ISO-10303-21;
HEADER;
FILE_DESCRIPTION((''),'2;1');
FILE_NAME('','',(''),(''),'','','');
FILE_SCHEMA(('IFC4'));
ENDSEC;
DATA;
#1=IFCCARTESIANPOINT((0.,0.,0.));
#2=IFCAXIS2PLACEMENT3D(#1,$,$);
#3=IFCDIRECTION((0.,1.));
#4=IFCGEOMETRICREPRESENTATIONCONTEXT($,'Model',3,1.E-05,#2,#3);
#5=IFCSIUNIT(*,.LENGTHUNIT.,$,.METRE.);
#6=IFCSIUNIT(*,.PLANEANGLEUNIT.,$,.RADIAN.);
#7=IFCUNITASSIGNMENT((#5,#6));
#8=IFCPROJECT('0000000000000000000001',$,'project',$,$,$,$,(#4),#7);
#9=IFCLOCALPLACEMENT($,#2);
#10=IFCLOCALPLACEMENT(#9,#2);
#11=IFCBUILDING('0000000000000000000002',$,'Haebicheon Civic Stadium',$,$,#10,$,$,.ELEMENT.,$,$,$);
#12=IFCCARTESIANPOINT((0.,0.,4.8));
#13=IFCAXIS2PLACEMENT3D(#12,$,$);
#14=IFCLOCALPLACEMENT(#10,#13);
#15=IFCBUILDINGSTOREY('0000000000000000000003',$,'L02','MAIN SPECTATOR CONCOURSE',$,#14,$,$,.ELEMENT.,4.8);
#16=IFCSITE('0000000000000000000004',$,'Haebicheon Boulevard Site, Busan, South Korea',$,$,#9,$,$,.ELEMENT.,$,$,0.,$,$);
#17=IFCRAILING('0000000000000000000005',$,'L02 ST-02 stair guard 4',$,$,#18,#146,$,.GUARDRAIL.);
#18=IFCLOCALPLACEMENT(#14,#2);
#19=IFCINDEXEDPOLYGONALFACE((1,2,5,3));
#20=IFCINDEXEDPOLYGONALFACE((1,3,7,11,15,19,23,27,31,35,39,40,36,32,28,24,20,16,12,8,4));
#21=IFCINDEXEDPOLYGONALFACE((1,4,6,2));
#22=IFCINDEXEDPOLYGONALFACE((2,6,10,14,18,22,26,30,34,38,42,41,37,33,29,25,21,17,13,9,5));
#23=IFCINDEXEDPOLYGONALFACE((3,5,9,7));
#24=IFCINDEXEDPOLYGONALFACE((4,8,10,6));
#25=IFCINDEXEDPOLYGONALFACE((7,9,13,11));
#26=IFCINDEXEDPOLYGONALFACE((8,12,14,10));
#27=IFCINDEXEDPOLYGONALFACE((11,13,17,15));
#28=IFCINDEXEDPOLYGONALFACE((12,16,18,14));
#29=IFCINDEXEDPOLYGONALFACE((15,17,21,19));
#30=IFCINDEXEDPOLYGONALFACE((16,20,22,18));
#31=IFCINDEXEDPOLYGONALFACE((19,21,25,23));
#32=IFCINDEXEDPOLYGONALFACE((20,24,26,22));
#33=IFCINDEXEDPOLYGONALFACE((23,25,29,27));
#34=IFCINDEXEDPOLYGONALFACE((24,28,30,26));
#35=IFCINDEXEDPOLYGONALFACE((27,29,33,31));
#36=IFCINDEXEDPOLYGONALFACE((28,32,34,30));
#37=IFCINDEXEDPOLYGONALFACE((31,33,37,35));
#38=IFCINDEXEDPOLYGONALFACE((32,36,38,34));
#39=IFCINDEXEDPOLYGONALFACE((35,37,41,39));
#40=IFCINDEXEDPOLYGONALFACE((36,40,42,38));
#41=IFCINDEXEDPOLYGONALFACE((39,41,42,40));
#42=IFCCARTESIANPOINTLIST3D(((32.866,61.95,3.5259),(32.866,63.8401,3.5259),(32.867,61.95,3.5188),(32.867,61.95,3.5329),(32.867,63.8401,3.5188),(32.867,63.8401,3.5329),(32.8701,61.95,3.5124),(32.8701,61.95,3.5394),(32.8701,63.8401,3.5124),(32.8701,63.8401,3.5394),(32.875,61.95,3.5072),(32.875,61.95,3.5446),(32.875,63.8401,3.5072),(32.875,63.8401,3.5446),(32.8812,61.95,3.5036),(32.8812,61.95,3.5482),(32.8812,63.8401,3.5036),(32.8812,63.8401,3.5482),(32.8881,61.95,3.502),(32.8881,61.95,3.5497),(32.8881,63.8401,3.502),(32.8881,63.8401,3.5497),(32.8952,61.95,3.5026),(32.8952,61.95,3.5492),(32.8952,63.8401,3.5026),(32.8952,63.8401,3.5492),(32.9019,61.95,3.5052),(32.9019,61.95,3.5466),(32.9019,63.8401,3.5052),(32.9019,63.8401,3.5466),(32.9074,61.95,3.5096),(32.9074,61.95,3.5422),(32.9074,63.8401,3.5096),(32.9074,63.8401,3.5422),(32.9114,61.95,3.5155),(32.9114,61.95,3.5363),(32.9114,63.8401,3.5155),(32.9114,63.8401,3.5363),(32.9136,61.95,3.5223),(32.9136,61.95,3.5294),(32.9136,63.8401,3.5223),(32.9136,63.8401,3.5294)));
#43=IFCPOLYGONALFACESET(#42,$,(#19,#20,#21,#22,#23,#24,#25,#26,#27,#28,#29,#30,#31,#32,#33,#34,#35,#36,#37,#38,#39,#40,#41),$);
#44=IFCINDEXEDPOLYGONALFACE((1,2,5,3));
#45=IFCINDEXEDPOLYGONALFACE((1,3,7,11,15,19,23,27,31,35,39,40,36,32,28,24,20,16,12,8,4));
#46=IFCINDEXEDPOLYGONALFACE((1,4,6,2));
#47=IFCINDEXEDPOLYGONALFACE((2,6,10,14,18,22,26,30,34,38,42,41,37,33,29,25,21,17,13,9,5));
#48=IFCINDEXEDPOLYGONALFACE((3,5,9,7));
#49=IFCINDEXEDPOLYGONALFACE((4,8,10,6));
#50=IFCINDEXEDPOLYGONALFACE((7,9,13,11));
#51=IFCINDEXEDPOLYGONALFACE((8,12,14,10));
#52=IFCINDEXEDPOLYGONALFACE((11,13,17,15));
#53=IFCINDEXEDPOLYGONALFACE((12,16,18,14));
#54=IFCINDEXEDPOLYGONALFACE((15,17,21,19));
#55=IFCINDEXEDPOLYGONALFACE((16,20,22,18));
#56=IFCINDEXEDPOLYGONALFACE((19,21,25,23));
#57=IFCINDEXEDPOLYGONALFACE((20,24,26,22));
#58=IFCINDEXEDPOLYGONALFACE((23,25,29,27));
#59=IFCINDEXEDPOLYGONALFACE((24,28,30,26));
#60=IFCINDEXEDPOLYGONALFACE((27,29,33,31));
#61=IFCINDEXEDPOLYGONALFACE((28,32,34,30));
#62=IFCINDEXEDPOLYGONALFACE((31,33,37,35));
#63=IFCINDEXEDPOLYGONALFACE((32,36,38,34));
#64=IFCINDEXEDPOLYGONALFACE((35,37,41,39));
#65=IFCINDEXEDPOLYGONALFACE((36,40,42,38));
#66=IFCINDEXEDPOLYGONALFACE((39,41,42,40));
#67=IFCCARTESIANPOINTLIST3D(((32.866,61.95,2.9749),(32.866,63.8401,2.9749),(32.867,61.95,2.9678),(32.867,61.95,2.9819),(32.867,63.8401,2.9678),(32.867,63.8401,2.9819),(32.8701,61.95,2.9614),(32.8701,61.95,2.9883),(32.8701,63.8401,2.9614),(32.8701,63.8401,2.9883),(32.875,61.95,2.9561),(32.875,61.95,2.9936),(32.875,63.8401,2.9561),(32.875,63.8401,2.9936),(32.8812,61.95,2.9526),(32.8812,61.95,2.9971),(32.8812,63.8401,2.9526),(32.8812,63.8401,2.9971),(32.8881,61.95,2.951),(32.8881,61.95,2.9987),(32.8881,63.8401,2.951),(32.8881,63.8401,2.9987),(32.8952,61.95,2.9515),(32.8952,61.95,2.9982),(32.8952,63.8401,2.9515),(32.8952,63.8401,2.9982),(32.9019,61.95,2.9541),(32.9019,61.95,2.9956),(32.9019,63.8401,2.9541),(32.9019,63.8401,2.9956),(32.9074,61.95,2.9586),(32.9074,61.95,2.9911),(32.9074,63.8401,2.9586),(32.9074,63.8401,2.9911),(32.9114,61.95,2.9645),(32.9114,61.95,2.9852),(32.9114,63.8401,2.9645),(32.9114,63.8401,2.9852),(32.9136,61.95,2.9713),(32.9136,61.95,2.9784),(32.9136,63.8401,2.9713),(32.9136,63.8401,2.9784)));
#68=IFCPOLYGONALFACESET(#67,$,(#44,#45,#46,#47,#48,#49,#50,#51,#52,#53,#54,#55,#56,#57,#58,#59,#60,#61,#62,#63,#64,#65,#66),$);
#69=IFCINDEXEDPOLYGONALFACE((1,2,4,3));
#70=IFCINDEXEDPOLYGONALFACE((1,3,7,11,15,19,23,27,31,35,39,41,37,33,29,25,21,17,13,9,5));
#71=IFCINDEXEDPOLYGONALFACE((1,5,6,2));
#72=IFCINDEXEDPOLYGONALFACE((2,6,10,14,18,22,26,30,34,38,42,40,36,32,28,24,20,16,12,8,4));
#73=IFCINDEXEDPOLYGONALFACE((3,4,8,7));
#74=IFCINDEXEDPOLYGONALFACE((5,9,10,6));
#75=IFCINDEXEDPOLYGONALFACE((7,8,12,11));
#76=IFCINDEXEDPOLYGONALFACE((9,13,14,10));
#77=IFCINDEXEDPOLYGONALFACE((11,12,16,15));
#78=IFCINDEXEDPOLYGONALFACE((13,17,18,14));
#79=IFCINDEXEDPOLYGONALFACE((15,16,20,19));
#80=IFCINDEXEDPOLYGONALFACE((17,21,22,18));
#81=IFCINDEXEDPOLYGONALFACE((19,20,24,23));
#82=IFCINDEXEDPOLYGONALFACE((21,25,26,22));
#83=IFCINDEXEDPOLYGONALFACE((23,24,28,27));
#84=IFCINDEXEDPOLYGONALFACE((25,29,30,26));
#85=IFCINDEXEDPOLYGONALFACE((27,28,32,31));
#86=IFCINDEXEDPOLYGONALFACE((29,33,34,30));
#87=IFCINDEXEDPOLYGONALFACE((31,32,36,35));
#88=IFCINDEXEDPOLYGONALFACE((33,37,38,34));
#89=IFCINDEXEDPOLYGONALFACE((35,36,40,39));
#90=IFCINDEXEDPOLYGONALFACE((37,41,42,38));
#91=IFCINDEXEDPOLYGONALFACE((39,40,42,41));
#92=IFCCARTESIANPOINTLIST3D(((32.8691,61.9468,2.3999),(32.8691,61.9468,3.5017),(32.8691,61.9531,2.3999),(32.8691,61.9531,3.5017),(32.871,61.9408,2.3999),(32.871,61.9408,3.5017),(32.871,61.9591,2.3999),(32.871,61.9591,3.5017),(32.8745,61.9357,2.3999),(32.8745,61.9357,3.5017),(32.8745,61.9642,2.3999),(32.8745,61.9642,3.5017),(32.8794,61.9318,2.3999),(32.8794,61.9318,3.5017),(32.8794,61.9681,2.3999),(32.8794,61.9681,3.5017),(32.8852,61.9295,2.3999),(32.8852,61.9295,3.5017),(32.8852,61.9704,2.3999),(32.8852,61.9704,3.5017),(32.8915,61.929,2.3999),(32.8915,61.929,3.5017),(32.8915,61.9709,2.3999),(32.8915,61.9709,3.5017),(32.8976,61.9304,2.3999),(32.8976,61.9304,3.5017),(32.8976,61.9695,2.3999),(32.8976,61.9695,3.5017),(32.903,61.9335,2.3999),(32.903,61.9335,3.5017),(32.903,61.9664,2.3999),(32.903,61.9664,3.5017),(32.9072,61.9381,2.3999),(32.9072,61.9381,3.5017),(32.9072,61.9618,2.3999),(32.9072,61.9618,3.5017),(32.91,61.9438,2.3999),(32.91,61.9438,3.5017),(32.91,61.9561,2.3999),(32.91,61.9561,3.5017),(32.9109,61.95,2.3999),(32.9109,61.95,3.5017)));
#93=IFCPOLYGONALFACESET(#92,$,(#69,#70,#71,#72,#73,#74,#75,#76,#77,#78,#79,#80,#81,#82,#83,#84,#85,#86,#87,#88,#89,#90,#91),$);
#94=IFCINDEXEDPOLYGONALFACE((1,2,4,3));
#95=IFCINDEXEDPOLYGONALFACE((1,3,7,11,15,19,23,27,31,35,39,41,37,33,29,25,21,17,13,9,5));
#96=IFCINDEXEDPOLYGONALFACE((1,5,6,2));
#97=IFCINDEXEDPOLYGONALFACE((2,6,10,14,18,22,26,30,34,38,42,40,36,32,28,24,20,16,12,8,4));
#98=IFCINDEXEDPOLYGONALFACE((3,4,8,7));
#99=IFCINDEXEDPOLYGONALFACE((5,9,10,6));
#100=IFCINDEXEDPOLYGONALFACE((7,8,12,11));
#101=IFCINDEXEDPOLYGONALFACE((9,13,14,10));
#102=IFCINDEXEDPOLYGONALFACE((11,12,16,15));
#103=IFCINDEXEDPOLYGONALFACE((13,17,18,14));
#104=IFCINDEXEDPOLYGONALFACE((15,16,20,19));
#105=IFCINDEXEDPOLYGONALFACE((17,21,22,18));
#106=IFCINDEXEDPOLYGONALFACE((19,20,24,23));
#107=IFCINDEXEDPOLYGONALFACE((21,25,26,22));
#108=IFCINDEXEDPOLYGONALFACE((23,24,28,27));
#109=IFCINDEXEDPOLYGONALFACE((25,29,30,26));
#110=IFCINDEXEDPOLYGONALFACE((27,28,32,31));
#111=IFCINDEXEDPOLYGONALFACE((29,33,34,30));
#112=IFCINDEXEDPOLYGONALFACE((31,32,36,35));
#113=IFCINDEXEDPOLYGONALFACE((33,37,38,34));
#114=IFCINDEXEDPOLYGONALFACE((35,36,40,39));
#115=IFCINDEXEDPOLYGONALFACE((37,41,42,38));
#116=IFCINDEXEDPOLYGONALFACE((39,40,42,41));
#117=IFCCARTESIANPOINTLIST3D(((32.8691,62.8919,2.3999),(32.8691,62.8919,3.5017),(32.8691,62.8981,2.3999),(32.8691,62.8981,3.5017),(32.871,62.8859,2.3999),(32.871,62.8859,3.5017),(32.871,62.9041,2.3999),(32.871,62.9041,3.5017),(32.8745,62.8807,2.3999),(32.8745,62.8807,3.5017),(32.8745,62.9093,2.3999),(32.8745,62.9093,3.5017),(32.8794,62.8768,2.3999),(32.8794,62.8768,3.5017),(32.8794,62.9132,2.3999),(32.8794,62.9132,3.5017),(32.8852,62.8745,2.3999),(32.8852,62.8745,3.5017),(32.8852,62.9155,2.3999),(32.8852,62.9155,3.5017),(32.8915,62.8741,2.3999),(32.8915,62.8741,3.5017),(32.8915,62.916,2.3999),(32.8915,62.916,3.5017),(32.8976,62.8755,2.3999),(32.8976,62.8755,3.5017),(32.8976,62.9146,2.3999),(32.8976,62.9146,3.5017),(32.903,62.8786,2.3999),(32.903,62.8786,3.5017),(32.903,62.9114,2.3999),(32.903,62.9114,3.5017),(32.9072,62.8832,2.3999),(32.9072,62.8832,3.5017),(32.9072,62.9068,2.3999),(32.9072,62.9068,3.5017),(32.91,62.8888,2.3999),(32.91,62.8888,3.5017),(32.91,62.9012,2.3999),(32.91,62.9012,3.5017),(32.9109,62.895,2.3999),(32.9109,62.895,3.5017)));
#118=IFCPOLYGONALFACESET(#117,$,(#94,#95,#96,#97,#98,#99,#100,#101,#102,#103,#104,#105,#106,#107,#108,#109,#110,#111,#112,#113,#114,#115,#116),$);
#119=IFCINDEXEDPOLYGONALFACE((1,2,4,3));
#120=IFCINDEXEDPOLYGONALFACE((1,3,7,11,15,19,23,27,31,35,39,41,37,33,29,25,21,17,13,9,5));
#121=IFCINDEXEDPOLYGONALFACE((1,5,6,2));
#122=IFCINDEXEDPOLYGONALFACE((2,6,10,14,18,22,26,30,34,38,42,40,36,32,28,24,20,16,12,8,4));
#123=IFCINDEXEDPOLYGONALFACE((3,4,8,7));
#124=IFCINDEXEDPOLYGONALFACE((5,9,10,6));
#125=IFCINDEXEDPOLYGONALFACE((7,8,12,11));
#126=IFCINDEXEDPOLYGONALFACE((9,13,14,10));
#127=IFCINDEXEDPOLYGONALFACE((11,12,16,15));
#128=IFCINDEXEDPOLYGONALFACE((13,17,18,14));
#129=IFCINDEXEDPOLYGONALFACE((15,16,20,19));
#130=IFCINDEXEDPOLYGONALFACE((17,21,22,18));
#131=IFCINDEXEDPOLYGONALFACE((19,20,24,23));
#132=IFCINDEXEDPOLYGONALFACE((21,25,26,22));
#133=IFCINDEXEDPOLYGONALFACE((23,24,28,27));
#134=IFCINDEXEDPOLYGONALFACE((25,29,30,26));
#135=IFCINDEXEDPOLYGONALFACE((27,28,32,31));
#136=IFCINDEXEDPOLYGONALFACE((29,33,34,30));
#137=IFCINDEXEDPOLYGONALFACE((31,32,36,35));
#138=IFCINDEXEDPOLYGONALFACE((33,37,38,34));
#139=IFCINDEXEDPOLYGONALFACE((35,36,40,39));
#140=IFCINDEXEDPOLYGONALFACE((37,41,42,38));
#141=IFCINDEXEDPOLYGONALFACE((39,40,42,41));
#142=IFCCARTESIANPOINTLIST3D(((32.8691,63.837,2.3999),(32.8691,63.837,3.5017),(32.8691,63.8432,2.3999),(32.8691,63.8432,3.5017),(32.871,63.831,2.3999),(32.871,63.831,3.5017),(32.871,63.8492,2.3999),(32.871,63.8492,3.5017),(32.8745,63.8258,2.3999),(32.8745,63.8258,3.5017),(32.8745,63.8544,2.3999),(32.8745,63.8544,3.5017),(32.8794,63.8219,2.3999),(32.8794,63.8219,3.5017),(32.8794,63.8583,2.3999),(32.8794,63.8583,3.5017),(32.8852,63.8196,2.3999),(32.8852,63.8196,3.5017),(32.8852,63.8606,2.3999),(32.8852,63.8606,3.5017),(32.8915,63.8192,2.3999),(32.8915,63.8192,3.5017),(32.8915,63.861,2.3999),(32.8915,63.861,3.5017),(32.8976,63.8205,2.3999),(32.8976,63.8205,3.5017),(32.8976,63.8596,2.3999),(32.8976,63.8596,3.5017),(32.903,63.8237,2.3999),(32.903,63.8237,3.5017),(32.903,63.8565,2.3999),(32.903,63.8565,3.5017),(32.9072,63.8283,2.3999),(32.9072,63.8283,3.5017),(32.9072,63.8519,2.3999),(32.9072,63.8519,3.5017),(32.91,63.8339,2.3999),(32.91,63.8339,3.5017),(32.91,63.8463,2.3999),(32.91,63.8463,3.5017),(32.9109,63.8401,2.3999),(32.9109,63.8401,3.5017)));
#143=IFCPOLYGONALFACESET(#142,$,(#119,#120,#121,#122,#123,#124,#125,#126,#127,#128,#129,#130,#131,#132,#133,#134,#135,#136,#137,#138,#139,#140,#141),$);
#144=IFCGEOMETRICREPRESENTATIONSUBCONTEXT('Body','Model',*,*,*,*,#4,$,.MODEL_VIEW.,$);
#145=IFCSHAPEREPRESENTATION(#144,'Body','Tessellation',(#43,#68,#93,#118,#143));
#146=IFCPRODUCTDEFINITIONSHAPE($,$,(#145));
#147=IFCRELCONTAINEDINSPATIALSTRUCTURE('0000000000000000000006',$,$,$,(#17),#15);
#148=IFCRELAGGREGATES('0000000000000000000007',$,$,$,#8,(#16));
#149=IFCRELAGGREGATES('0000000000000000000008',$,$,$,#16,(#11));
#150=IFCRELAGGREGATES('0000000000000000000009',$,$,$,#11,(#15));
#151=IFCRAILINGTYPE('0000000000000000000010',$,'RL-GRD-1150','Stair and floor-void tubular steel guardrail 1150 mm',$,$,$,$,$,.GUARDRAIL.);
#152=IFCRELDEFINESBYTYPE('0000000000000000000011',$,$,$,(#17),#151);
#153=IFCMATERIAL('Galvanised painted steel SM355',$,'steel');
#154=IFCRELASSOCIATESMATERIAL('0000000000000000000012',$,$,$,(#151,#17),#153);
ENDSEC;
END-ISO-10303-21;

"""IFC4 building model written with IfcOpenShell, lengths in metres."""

from ifc_helpers import new_model, si_unit, direction, frame, origin, origin_2d, place, context, subcontext, project, spatial, circle, extrude, material, type_object, element, save


model = new_model("IFC4")

# Units and contexts
model_context = context("Model", 3, precision=1e-05, world=origin(), true_north=direction((0.0, 1.0)))
body_context = subcontext(model_context, "Body", "Model", "MODEL_VIEW")
ifc_project = project(units=[si_unit("LENGTHUNIT", "METRE"), si_unit("PLANEANGLEUNIT", "RADIAN")], contexts=[model_context])

# Site, building, storey
site_placement = place(None, origin())
site = spatial("IfcSite", under=ifc_project, at=site_placement, Name="Haebicheon Boulevard Site, Busan, South Korea", CompositionType="ELEMENT", RefElevation=0.0)
building_placement = place(site_placement, origin())
building = spatial("IfcBuilding", under=site, at=building_placement, Name="Haebicheon Civic Stadium", CompositionType="ELEMENT")
storey_placement = place(building_placement, frame((0.0, 0.0, 4.8)))
storey = spatial("IfcBuildingStorey", under=building, at=storey_placement, Name="L02", Description="MAIN SPECTATOR CONCOURSE", CompositionType="ELEMENT", Elevation=4.8)

# Railing
ifc_material_1 = material(Name="Galvanised painted steel SM355", Category="steel")
railing_type_1 = type_object("IfcRailingType", Name="RL-GRD-1150", Description="Stair and floor-void tubular steel guardrail 1150 mm", PredefinedType="GUARDRAIL", material=ifc_material_1)
for number, where, name in (
    (1, (32.8899, 61.95, 2.3999), "L02 ST-02 stair guard 4"),
):
    element("IfcRailing", number, at=place(storey_placement, frame(where)), inside=storey, type_object=railing_type_1, material=ifc_material_1, Name=name, PredefinedType="GUARDRAIL", context=body_context, shape_type="SweptSolid", body=[
        extrude(circle(Radius=0.0239, at=origin_2d()), frame((0.0, 0.0, 1.126), z_axis=(0.0, 1.0, 0.0), x_axis=(-1.0, 0.0, 0.0)), (0.0, 0.0, 1.0), 1.8901),
        extrude(circle(Radius=0.0239, at=origin_2d()), frame((0.0, 0.0, 0.575), z_axis=(0.0, 1.0, 0.0), x_axis=(-1.0, 0.0, 0.0)), (0.0, 0.0, 1.0), 1.8901),
        extrude(circle(Radius=0.021, at=origin_2d()), origin(), (0.0, 0.0, 1.0), 1.1018),
        extrude(circle(Radius=0.021, at=origin_2d()), frame((0.0, 0.9451, 0.0)), (0.0, 0.0, 1.0), 1.1018),
        extrude(circle(Radius=0.021, at=origin_2d()), frame((0.0, 1.8901, 0.0)), (0.0, 0.0, 1.0), 1.1018),
    ])

save(model, "model.ifc")
